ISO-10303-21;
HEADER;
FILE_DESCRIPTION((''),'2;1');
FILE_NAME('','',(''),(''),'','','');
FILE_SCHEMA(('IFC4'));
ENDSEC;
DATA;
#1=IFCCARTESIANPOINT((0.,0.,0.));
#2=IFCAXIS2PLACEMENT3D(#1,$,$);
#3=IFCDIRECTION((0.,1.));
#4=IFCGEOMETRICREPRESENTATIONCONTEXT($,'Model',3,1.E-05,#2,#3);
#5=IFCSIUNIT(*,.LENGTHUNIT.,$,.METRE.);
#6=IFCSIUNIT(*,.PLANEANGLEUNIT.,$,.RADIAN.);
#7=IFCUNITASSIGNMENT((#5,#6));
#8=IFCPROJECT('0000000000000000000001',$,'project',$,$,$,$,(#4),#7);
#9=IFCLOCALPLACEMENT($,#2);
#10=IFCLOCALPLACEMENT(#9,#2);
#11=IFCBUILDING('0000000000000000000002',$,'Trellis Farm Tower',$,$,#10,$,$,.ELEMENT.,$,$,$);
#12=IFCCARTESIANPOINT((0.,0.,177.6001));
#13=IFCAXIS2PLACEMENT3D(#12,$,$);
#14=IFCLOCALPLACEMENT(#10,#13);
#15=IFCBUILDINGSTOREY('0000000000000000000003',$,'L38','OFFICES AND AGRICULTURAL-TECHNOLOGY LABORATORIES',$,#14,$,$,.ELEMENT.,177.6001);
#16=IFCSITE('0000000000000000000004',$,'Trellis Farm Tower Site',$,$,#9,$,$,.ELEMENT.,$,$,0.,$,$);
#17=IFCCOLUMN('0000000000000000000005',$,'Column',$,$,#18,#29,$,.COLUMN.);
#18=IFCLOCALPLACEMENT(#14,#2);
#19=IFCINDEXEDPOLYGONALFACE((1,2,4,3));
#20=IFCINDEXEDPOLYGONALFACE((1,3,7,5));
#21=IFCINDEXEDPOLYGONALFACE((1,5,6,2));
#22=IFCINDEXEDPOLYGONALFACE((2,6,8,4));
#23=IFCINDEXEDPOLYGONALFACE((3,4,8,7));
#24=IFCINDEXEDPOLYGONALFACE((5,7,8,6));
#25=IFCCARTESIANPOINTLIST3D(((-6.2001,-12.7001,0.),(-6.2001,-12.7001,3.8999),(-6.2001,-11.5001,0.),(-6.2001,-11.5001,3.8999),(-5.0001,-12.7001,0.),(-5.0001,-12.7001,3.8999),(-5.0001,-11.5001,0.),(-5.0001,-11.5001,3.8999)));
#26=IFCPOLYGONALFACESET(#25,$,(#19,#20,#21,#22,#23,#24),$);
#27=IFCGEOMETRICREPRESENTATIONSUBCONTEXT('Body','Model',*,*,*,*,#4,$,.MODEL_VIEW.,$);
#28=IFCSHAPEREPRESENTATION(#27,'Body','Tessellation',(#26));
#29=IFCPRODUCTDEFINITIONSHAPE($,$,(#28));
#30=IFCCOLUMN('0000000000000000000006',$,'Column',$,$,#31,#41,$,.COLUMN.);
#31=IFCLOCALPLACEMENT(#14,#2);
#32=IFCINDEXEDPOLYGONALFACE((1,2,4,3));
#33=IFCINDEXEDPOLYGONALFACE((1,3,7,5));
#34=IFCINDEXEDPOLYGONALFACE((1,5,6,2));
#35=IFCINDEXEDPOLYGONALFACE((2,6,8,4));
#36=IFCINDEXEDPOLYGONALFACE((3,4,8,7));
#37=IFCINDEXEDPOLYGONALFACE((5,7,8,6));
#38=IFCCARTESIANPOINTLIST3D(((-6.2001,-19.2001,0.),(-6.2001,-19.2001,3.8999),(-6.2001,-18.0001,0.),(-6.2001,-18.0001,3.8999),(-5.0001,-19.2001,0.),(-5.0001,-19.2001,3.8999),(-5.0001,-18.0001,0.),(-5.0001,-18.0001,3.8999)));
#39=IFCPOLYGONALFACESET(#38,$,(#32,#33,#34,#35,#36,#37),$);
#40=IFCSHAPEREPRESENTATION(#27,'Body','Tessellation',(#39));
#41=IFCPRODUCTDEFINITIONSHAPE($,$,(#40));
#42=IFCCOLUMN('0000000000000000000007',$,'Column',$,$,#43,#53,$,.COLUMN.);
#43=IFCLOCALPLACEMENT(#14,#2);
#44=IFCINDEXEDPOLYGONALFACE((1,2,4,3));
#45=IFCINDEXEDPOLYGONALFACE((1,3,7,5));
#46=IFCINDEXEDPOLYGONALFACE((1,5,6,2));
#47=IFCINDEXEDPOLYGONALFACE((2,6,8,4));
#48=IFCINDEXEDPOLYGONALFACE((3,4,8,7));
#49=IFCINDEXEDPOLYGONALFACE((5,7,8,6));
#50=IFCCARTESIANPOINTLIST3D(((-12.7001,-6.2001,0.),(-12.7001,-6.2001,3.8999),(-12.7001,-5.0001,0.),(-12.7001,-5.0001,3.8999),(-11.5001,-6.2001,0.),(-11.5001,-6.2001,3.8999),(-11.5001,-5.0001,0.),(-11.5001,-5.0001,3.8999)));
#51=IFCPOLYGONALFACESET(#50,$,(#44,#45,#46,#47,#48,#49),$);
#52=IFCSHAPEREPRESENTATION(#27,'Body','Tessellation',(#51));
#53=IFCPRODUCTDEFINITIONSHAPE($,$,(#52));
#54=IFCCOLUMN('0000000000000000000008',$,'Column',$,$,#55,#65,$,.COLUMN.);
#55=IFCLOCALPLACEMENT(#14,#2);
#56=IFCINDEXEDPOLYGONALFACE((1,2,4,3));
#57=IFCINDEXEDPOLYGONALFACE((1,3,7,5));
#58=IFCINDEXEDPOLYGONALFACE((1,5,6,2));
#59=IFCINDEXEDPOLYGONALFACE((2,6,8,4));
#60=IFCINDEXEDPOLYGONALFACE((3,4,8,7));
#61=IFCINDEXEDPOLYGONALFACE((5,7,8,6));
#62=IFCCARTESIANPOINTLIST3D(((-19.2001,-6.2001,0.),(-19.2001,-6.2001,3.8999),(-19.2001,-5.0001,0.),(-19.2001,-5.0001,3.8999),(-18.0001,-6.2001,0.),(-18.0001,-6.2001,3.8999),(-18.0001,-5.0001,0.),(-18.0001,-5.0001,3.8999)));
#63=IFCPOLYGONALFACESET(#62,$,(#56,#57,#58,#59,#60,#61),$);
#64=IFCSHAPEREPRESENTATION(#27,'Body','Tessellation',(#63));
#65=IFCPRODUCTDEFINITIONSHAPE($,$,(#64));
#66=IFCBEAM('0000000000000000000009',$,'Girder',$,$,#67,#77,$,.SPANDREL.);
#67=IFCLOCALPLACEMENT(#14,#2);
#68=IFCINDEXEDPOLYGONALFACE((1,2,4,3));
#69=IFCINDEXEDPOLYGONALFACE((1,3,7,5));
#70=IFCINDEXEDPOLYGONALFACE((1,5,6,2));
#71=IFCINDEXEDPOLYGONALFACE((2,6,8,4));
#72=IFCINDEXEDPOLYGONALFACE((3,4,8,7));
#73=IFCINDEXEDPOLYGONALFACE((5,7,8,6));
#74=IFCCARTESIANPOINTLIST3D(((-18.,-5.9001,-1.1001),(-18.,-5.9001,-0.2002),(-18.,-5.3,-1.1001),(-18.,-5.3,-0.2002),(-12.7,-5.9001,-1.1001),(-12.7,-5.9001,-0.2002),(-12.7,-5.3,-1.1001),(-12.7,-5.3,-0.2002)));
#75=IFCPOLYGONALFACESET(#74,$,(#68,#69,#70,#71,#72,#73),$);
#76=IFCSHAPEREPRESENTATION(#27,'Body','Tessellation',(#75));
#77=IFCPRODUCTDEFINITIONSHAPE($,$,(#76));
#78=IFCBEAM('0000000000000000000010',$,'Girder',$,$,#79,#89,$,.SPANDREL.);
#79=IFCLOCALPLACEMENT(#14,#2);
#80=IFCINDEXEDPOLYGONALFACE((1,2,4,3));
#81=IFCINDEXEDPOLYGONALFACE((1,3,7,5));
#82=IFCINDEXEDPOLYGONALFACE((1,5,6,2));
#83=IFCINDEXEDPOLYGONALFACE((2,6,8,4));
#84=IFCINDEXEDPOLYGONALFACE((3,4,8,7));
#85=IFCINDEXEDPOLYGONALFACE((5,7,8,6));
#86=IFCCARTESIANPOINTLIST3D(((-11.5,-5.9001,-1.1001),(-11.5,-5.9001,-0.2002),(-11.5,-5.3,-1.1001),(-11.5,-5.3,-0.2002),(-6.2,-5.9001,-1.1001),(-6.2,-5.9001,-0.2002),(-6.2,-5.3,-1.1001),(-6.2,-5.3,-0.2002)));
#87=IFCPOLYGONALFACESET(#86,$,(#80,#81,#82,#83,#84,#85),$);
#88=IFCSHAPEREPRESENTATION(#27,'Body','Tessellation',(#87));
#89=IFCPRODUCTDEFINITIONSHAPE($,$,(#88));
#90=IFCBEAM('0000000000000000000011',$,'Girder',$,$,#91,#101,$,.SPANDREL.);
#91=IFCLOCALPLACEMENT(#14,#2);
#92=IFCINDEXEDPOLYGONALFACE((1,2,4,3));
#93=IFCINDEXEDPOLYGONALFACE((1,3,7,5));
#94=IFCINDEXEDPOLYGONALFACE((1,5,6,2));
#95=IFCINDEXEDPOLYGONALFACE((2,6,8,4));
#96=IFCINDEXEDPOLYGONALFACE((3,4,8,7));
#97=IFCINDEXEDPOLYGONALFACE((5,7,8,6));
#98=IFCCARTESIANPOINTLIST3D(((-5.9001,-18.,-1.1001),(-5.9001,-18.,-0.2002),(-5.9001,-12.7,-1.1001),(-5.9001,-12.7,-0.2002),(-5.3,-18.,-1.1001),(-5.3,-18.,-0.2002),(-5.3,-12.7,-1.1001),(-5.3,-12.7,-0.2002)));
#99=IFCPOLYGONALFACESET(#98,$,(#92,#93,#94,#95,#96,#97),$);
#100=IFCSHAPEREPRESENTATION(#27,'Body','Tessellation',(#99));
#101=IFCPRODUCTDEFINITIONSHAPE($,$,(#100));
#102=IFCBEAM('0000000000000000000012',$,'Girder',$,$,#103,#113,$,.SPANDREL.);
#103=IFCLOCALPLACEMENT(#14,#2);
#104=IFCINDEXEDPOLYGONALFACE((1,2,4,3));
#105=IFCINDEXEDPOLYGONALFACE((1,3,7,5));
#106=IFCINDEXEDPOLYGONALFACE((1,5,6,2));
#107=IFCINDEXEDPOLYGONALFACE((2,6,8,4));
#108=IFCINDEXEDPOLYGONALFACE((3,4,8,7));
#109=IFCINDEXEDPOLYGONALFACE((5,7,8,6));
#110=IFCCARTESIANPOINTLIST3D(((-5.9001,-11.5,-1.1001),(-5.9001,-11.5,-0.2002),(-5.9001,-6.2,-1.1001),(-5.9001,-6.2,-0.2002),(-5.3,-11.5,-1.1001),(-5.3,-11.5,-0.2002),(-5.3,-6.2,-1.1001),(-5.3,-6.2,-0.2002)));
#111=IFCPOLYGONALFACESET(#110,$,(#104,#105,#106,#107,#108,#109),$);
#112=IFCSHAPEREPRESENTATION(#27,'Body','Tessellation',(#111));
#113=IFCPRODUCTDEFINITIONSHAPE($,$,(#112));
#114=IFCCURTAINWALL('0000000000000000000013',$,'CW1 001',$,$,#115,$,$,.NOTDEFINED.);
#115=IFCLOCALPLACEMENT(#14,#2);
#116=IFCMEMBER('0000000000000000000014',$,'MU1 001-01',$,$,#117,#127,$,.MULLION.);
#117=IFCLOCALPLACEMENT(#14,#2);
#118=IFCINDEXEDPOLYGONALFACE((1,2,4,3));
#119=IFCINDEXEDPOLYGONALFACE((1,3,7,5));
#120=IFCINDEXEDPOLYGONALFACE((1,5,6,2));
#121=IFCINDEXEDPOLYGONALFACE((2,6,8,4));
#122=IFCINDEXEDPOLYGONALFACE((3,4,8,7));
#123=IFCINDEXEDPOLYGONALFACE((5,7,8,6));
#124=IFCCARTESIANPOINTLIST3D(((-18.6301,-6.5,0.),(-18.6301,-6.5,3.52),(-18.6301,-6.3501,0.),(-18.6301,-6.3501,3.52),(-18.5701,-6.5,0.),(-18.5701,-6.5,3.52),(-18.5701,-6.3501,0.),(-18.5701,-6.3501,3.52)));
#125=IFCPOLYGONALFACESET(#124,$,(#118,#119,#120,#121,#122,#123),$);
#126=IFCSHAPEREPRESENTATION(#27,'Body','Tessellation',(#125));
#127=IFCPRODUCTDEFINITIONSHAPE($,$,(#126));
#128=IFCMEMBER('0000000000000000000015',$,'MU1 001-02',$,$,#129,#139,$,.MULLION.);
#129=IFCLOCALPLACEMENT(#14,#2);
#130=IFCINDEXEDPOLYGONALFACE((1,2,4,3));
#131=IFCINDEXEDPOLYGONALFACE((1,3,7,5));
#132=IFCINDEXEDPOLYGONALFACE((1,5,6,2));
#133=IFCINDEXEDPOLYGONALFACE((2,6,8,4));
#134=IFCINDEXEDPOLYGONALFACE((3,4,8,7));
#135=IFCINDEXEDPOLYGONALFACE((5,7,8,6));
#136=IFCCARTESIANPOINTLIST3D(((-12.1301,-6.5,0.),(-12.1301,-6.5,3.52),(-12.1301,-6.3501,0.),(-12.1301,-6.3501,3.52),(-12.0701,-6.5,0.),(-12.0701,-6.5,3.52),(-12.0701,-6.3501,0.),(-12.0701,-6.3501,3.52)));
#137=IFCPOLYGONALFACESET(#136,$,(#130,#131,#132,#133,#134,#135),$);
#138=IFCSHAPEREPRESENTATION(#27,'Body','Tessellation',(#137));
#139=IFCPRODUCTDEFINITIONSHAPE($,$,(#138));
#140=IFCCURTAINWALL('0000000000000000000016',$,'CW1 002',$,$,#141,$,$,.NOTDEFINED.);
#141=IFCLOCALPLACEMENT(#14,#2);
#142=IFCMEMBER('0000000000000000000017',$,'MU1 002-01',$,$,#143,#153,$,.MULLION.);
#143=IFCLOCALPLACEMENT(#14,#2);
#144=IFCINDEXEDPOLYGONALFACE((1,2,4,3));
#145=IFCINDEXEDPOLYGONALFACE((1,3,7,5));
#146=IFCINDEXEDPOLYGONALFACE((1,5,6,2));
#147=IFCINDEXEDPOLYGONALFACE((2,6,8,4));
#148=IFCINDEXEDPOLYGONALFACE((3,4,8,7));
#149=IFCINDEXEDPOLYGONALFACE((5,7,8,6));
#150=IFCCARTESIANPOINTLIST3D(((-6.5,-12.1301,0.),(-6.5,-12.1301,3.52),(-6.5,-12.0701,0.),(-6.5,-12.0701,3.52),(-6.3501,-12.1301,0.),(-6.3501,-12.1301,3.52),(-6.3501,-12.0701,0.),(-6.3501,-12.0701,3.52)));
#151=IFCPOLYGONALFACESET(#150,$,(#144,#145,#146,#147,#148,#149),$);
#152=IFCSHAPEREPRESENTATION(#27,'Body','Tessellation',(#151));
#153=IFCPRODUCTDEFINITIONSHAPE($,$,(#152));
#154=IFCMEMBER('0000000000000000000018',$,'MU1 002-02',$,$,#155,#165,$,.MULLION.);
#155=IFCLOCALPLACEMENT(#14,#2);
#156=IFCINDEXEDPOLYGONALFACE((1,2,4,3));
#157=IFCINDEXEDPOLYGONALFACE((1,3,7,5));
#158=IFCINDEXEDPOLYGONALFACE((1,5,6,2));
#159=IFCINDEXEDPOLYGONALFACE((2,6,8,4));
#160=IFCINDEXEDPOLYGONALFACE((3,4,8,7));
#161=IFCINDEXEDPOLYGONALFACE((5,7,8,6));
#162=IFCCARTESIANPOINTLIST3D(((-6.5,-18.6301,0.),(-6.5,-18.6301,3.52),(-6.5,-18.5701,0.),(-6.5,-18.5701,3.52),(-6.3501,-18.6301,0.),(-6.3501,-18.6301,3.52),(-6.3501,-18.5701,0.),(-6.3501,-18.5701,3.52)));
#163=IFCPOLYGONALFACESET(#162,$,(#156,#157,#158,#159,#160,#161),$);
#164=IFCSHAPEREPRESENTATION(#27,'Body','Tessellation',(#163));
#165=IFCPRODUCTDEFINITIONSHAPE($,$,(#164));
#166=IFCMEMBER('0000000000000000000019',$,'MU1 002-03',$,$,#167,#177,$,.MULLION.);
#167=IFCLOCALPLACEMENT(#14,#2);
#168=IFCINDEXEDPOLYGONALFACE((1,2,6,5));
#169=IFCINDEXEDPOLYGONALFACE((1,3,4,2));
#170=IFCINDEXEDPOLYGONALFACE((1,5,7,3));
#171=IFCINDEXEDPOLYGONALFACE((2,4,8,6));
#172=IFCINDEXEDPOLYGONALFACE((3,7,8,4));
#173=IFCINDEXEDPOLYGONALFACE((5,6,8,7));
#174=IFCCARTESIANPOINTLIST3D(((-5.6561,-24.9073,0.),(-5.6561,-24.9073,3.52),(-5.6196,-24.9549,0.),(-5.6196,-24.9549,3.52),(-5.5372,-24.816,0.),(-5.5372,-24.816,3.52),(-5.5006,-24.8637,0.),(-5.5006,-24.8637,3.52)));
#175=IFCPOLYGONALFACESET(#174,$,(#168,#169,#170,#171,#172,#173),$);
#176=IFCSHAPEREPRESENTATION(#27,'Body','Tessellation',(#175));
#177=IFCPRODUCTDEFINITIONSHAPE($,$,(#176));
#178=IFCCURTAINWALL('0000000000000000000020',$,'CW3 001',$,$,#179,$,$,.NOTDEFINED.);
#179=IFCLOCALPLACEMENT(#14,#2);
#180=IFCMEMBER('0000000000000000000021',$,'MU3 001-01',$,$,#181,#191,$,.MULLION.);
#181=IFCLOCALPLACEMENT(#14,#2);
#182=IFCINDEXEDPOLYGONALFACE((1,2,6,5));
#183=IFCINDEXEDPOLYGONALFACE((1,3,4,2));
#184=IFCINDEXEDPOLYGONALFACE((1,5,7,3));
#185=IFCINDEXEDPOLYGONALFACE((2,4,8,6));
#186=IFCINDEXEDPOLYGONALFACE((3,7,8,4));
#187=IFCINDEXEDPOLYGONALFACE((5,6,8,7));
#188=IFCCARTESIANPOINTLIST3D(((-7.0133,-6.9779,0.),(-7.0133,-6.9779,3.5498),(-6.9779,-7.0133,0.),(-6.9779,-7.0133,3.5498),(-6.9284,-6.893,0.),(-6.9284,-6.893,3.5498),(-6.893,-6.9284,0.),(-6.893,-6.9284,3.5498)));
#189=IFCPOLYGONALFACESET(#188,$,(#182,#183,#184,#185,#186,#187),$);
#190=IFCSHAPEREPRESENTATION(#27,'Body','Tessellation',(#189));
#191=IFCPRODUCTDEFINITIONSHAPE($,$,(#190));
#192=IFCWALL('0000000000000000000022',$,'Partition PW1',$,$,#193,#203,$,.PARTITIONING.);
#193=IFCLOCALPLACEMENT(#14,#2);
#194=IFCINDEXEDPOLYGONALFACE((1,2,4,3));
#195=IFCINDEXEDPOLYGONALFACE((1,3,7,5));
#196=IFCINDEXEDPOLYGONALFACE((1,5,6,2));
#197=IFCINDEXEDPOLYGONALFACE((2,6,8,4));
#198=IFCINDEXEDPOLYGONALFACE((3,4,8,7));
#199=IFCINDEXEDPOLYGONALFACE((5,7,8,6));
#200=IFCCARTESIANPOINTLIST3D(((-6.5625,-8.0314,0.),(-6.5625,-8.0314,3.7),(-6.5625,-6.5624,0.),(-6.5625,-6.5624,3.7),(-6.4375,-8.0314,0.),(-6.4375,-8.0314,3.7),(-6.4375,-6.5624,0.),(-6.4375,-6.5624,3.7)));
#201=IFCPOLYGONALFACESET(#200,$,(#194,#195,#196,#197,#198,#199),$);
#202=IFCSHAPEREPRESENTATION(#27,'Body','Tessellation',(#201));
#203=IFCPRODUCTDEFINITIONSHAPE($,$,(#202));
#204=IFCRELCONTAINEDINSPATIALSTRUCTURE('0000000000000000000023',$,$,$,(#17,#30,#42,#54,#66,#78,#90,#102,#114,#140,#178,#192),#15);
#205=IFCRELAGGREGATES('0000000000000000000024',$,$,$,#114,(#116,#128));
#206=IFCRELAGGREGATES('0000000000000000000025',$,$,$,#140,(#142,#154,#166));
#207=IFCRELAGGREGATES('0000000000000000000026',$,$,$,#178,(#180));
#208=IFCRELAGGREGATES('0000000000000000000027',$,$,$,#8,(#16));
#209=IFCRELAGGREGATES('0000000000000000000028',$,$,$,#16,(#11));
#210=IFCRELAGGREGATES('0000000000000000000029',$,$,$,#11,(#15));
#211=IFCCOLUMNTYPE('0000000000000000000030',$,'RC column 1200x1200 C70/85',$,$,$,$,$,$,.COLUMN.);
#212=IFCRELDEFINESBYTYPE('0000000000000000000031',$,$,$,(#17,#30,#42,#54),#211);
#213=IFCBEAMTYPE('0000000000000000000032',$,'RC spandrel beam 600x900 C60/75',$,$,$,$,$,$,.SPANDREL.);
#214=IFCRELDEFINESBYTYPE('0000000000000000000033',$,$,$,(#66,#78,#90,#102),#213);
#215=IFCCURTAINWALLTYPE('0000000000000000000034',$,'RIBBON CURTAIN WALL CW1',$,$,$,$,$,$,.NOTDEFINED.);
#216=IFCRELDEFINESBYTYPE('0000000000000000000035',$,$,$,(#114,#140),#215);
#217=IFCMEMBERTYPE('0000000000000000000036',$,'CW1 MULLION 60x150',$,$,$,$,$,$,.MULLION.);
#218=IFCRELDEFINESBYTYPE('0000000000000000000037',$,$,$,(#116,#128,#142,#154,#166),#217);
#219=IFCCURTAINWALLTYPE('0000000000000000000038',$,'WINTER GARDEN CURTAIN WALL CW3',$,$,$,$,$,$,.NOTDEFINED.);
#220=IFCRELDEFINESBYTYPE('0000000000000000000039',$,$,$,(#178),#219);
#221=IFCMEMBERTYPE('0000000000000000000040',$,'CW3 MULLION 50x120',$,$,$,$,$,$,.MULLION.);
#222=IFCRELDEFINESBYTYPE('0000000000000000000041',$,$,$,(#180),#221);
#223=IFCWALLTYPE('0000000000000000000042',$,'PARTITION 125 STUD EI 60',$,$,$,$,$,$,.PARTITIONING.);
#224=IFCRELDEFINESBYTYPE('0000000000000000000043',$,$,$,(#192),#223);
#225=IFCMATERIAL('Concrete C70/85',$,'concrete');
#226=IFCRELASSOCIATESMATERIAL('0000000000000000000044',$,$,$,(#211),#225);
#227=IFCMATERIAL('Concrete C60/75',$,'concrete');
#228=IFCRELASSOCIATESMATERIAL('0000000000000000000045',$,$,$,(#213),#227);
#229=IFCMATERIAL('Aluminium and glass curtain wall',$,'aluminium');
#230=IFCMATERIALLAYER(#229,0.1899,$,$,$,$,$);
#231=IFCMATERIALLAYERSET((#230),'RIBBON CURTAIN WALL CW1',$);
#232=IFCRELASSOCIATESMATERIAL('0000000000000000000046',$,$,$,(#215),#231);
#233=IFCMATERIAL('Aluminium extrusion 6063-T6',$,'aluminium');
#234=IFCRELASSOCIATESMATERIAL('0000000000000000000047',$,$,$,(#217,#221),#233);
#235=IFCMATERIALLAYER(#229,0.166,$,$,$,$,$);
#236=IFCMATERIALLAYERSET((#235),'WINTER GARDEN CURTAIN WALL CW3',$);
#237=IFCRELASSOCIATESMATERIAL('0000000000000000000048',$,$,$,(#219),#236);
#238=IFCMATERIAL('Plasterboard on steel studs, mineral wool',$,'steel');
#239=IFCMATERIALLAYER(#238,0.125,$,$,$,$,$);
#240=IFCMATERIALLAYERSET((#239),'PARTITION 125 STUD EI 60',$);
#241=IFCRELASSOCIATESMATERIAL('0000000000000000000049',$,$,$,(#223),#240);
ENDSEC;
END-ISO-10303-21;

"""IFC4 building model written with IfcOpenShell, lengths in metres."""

from ifc_helpers import new_model, si_unit, direction, frame, frame_2d, origin, origin_2d, place, context, subcontext, project, spatial, rectangle, extrude, source, transform, mapped, material, layer, layer_set, material_profile, profile_set, type_object, element, aggregate, save


model = new_model("IFC4")

# Units and contexts
model_context = context("Model", 3, precision=1e-05, world=origin(), true_north=direction((0.0, 1.0)))
body_context = subcontext(model_context, "Body", "Model", "MODEL_VIEW")
ifc_project = project(units=[si_unit("LENGTHUNIT", "METRE"), si_unit("PLANEANGLEUNIT", "RADIAN")], contexts=[model_context])

# Site, building, storey
site_placement = place(None, origin())
site = spatial("IfcSite", under=ifc_project, at=site_placement, Name="Trellis Farm Tower Site", CompositionType="ELEMENT", RefElevation=0.0)
building_placement = place(site_placement, origin())
building = spatial("IfcBuilding", under=site, at=building_placement, Name="Trellis Farm Tower", CompositionType="ELEMENT")
storey_placement = place(building_placement, frame((0.0, 0.0, 177.6001)))
storey = spatial("IfcBuildingStorey", under=building, at=storey_placement, Name="L38", Description="OFFICES AND AGRICULTURAL-TECHNOLOGY LABORATORIES", CompositionType="ELEMENT", Elevation=177.6001)

# Columns
ifc_material_1 = material(Name="Concrete C70/85", Category="concrete")
ifc_material_profile_1 = material_profile(ifc_material_1, rectangle(XDim=1.2, YDim=1.2, at=origin_2d()), Name="RC column 1200x1200 C70/85")
ifc_profile_set_1 = profile_set([ifc_material_profile_1], Name="Concrete C70/85")
column_type = type_object("IfcColumnType", Name="RC column 1200x1200 C70/85", PredefinedType="COLUMN", material=ifc_profile_set_1)
shared_shape_1 = source(origin(), body_context, "Body", "SweptSolid", [
    extrude(rectangle(XDim=1.2, YDim=1.2, at=origin_2d()), origin(), (0.0, 0.0, 1.0), 3.8999),
])
for number, where, z_axis, x_axis, name in (
    (1, (-5.6001, -12.1001, 0.0), (0.0, 0.0, 1.0), (1.0, 0.0, 0.0), "Column"),
    (2, (-5.6001, -18.6001, 0.0), (0.0, 0.0, 1.0), (1.0, 0.0, 0.0), "Column"),
    (3, (-12.1001, -5.6001, 0.0), (0.0, 0.0, 1.0), (1.0, 0.0, 0.0), "Column"),
    (4, (-18.6001, -5.6001, 0.0), (0.0, 0.0, 1.0), (1.0, 0.0, 0.0), "Column"),
):
    element("IfcColumn", number, at=place(storey_placement, frame(where, z_axis=z_axis, x_axis=x_axis)), inside=storey, type_object=column_type, Name=name, PredefinedType="COLUMN", context=body_context, shape_type="MappedRepresentation", body=[
        mapped(shared_shape_1, transform((0.0, 0.0, 0.0))),
    ])

# Beams
ifc_material_2 = material(Name="Concrete C60/75", Category="concrete")
ifc_material_profile_2 = material_profile(ifc_material_2, rectangle(XDim=0.6001, YDim=0.8999, at=origin_2d()), Name="RC spandrel beam 600x900 C60/75")
ifc_profile_set_2 = profile_set([ifc_material_profile_2], Name="Concrete C60/75")
beam_type = type_object("IfcBeamType", Name="RC spandrel beam 600x900 C60/75", PredefinedType="SPANDREL", material=ifc_profile_set_2)
shared_shape_2 = source(origin(), body_context, "Body", "SweptSolid", [
    extrude(rectangle(XDim=0.6001, YDim=0.8999, at=origin_2d()), origin(), (0.0, 0.0, 1.0), 5.3),
])
for number, where, z_axis, x_axis, name in (
    (5, (-18.0, -5.6001, -0.6501), (1.0, 0.0, 0.0), (0.0, 1.0, 0.0), "Girder"),
    (6, (-11.5, -5.6001, -0.6501), (1.0, 0.0, 0.0), (0.0, 1.0, 0.0), "Girder"),
    (7, (-5.6001, -18.0, -0.6501), (0.0, 1.0, 0.0), (-1.0, 0.0, 0.0), "Girder"),
    (8, (-5.6001, -11.5, -0.6501), (0.0, 1.0, 0.0), (-1.0, 0.0, 0.0), "Girder"),
):
    element("IfcBeam", number, at=place(storey_placement, frame(where, z_axis=z_axis, x_axis=x_axis)), inside=storey, type_object=beam_type, Name=name, PredefinedType="SPANDREL", context=body_context, shape_type="MappedRepresentation", body=[
        mapped(shared_shape_2, transform((0.0, 0.0, 0.0))),
    ])

# Curtain walls, members
ifc_material_3 = material(Name="Aluminium and glass curtain wall", Category="aluminium")
ifc_layer_1 = layer(ifc_material_3, 0.1899)
ifc_layer_set_1 = layer_set([ifc_layer_1], Name="RIBBON CURTAIN WALL CW1")
curtain_wall_type_1 = type_object("IfcCurtainWallType", Name="RIBBON CURTAIN WALL CW1", PredefinedType="NOTDEFINED", material=ifc_layer_set_1)
placement = place(storey_placement, origin())
curtain_wall_1 = element("IfcCurtainWall", 9, at=placement, inside=storey, type_object=curtain_wall_type_1, Name="CW1 001", PredefinedType="NOTDEFINED")
ifc_material_4 = material(Name="Aluminium extrusion 6063-T6", Category="aluminium")
ifc_material_profile_3 = material_profile(ifc_material_4, rectangle(XDim=0.0601, YDim=0.1499, at=origin_2d()), Name="MULLION 60x150")
ifc_profile_set_3 = profile_set([ifc_material_profile_3], Name="Aluminium extrusion 6063-T6")
member_type_1 = type_object("IfcMemberType", Name="CW1 MULLION 60x150", PredefinedType="MULLION", material=ifc_profile_set_3)
shared_shape_3 = source(origin(), body_context, "Body", "SweptSolid", [
    extrude(rectangle(XDim=0.0601, YDim=0.1499, at=origin_2d()), origin(), (0.0, 0.0, 1.0), 3.52),
])
member_1_placement = place(storey_placement, frame((-18.6001, -6.425, 0.0), z_axis=(0.0, 0.0, 1.0), x_axis=(1.0, 0.0, 0.0)))
member_1 = element("IfcMember", 10, at=member_1_placement, type_object=member_type_1, Name="MU1 001-01", PredefinedType="MULLION", context=body_context, shape_type="MappedRepresentation", body=[
    mapped(shared_shape_3, transform((0.0, 0.0, 0.0))),
])
member_2_placement = place(storey_placement, frame((-12.1001, -6.425, 0.0), z_axis=(0.0, 0.0, 1.0), x_axis=(1.0, 0.0, 0.0)))
member_2 = element("IfcMember", 11, at=member_2_placement, type_object=member_type_1, Name="MU1 001-02", PredefinedType="MULLION", context=body_context, shape_type="MappedRepresentation", body=[
    mapped(shared_shape_3, transform((0.0, 0.0, 0.0))),
])
aggregate(curtain_wall_1, [member_1, member_2])
curtain_wall_2 = element("IfcCurtainWall", 12, at=placement, inside=storey, type_object=curtain_wall_type_1, Name="CW1 002", PredefinedType="NOTDEFINED")
member_3_placement = place(storey_placement, frame((-6.425, -12.1001, 0.0), z_axis=(0.0, 0.0, 1.0), x_axis=(0.0, -1.0, 0.0)))
member_3 = element("IfcMember", 13, at=member_3_placement, type_object=member_type_1, Name="MU1 002-01", PredefinedType="MULLION", context=body_context, shape_type="MappedRepresentation", body=[
    mapped(shared_shape_3, transform((0.0, 0.0, 0.0))),
])
member_4_placement = place(storey_placement, frame((-6.425, -18.6001, 0.0), z_axis=(0.0, 0.0, 1.0), x_axis=(0.0, -1.0, 0.0)))
member_4 = element("IfcMember", 14, at=member_4_placement, type_object=member_type_1, Name="MU1 002-02", PredefinedType="MULLION", context=body_context, shape_type="MappedRepresentation", body=[
    mapped(shared_shape_3, transform((0.0, 0.0, 0.0))),
])
member_5_placement = place(storey_placement, frame((-5.5784, -24.8855, 0.0), z_axis=(0.0, 0.0, 1.0), x_axis=(0.608761, -0.793353, 0.0)))
member_5 = element("IfcMember", 15, at=member_5_placement, type_object=member_type_1, Name="MU1 002-03", PredefinedType="MULLION", context=body_context, shape_type="MappedRepresentation", body=[
    mapped(shared_shape_3, transform((0.0, 0.0, 0.0))),
])
aggregate(curtain_wall_2, [member_3, member_4, member_5])

# Curtain wall, member
ifc_layer_2 = layer(ifc_material_3, 0.166)
ifc_layer_set_2 = layer_set([ifc_layer_2], Name="WINTER GARDEN CURTAIN WALL CW3")
curtain_wall_type_2 = type_object("IfcCurtainWallType", Name="WINTER GARDEN CURTAIN WALL CW3", PredefinedType="NOTDEFINED", material=ifc_layer_set_2)
curtain_wall_3 = element("IfcCurtainWall", 16, at=placement, inside=storey, type_object=curtain_wall_type_2, Name="CW3 001", PredefinedType="NOTDEFINED")
ifc_material_profile_4 = material_profile(ifc_material_4, rectangle(XDim=0.05, YDim=0.1201, at=origin_2d()), Name="MULLION 50x120")
ifc_profile_set_4 = profile_set([ifc_material_profile_4], Name="Aluminium extrusion 6063-T6")
member_type_2 = type_object("IfcMemberType", Name="CW3 MULLION 50x120", PredefinedType="MULLION", material=ifc_profile_set_4)
shared_shape_4 = source(origin(), body_context, "Body", "SweptSolid", [
    extrude(rectangle(XDim=0.05, YDim=0.1201, at=origin_2d()), origin(), (0.0, 0.0, 1.0), 3.5498),
])
member_6_placement = place(storey_placement, frame((-6.9531, -6.9531, 0.0), z_axis=(0.0, 0.0, 1.0), x_axis=(0.707107, -0.707107, 0.0)))
member_6 = element("IfcMember", 17, at=member_6_placement, type_object=member_type_2, Name="MU3 001-01", PredefinedType="MULLION", context=body_context, shape_type="MappedRepresentation", body=[
    mapped(shared_shape_4, transform((0.0, 0.0, 0.0))),
])
aggregate(curtain_wall_3, [member_6])

# Wall
ifc_material_5 = material(Name="Plasterboard on steel studs, mineral wool", Category="steel")
ifc_layer_3 = layer(ifc_material_5, 0.125)
ifc_layer_set_3 = layer_set([ifc_layer_3], Name="PARTITION 125 STUD EI 60")
wall_type_1 = type_object("IfcWallType", Name="PARTITION 125 STUD EI 60", PredefinedType="PARTITIONING", material=ifc_layer_set_3)
shared_shape_5 = source(origin(), body_context, "Body", "SweptSolid", [
    extrude(rectangle(XDim=1.469, YDim=0.125, at=frame_2d((0.7344, 0.0))), origin(), (0.0, 0.0, 1.0), 3.7),
])
wall_1_placement = place(storey_placement, frame((-6.5, -6.5625, 0.0), z_axis=(0.0, 0.0, 1.0), x_axis=(0.0, -1.0, 0.0)))
element("IfcWall", 18, at=wall_1_placement, inside=storey, type_object=wall_type_1, Name="Partition PW1", PredefinedType="PARTITIONING", context=body_context, shape_type="MappedRepresentation", body=[
    mapped(shared_shape_5, transform((0.0, 0.0, 0.0))),
])

save(model, "model.ifc")
